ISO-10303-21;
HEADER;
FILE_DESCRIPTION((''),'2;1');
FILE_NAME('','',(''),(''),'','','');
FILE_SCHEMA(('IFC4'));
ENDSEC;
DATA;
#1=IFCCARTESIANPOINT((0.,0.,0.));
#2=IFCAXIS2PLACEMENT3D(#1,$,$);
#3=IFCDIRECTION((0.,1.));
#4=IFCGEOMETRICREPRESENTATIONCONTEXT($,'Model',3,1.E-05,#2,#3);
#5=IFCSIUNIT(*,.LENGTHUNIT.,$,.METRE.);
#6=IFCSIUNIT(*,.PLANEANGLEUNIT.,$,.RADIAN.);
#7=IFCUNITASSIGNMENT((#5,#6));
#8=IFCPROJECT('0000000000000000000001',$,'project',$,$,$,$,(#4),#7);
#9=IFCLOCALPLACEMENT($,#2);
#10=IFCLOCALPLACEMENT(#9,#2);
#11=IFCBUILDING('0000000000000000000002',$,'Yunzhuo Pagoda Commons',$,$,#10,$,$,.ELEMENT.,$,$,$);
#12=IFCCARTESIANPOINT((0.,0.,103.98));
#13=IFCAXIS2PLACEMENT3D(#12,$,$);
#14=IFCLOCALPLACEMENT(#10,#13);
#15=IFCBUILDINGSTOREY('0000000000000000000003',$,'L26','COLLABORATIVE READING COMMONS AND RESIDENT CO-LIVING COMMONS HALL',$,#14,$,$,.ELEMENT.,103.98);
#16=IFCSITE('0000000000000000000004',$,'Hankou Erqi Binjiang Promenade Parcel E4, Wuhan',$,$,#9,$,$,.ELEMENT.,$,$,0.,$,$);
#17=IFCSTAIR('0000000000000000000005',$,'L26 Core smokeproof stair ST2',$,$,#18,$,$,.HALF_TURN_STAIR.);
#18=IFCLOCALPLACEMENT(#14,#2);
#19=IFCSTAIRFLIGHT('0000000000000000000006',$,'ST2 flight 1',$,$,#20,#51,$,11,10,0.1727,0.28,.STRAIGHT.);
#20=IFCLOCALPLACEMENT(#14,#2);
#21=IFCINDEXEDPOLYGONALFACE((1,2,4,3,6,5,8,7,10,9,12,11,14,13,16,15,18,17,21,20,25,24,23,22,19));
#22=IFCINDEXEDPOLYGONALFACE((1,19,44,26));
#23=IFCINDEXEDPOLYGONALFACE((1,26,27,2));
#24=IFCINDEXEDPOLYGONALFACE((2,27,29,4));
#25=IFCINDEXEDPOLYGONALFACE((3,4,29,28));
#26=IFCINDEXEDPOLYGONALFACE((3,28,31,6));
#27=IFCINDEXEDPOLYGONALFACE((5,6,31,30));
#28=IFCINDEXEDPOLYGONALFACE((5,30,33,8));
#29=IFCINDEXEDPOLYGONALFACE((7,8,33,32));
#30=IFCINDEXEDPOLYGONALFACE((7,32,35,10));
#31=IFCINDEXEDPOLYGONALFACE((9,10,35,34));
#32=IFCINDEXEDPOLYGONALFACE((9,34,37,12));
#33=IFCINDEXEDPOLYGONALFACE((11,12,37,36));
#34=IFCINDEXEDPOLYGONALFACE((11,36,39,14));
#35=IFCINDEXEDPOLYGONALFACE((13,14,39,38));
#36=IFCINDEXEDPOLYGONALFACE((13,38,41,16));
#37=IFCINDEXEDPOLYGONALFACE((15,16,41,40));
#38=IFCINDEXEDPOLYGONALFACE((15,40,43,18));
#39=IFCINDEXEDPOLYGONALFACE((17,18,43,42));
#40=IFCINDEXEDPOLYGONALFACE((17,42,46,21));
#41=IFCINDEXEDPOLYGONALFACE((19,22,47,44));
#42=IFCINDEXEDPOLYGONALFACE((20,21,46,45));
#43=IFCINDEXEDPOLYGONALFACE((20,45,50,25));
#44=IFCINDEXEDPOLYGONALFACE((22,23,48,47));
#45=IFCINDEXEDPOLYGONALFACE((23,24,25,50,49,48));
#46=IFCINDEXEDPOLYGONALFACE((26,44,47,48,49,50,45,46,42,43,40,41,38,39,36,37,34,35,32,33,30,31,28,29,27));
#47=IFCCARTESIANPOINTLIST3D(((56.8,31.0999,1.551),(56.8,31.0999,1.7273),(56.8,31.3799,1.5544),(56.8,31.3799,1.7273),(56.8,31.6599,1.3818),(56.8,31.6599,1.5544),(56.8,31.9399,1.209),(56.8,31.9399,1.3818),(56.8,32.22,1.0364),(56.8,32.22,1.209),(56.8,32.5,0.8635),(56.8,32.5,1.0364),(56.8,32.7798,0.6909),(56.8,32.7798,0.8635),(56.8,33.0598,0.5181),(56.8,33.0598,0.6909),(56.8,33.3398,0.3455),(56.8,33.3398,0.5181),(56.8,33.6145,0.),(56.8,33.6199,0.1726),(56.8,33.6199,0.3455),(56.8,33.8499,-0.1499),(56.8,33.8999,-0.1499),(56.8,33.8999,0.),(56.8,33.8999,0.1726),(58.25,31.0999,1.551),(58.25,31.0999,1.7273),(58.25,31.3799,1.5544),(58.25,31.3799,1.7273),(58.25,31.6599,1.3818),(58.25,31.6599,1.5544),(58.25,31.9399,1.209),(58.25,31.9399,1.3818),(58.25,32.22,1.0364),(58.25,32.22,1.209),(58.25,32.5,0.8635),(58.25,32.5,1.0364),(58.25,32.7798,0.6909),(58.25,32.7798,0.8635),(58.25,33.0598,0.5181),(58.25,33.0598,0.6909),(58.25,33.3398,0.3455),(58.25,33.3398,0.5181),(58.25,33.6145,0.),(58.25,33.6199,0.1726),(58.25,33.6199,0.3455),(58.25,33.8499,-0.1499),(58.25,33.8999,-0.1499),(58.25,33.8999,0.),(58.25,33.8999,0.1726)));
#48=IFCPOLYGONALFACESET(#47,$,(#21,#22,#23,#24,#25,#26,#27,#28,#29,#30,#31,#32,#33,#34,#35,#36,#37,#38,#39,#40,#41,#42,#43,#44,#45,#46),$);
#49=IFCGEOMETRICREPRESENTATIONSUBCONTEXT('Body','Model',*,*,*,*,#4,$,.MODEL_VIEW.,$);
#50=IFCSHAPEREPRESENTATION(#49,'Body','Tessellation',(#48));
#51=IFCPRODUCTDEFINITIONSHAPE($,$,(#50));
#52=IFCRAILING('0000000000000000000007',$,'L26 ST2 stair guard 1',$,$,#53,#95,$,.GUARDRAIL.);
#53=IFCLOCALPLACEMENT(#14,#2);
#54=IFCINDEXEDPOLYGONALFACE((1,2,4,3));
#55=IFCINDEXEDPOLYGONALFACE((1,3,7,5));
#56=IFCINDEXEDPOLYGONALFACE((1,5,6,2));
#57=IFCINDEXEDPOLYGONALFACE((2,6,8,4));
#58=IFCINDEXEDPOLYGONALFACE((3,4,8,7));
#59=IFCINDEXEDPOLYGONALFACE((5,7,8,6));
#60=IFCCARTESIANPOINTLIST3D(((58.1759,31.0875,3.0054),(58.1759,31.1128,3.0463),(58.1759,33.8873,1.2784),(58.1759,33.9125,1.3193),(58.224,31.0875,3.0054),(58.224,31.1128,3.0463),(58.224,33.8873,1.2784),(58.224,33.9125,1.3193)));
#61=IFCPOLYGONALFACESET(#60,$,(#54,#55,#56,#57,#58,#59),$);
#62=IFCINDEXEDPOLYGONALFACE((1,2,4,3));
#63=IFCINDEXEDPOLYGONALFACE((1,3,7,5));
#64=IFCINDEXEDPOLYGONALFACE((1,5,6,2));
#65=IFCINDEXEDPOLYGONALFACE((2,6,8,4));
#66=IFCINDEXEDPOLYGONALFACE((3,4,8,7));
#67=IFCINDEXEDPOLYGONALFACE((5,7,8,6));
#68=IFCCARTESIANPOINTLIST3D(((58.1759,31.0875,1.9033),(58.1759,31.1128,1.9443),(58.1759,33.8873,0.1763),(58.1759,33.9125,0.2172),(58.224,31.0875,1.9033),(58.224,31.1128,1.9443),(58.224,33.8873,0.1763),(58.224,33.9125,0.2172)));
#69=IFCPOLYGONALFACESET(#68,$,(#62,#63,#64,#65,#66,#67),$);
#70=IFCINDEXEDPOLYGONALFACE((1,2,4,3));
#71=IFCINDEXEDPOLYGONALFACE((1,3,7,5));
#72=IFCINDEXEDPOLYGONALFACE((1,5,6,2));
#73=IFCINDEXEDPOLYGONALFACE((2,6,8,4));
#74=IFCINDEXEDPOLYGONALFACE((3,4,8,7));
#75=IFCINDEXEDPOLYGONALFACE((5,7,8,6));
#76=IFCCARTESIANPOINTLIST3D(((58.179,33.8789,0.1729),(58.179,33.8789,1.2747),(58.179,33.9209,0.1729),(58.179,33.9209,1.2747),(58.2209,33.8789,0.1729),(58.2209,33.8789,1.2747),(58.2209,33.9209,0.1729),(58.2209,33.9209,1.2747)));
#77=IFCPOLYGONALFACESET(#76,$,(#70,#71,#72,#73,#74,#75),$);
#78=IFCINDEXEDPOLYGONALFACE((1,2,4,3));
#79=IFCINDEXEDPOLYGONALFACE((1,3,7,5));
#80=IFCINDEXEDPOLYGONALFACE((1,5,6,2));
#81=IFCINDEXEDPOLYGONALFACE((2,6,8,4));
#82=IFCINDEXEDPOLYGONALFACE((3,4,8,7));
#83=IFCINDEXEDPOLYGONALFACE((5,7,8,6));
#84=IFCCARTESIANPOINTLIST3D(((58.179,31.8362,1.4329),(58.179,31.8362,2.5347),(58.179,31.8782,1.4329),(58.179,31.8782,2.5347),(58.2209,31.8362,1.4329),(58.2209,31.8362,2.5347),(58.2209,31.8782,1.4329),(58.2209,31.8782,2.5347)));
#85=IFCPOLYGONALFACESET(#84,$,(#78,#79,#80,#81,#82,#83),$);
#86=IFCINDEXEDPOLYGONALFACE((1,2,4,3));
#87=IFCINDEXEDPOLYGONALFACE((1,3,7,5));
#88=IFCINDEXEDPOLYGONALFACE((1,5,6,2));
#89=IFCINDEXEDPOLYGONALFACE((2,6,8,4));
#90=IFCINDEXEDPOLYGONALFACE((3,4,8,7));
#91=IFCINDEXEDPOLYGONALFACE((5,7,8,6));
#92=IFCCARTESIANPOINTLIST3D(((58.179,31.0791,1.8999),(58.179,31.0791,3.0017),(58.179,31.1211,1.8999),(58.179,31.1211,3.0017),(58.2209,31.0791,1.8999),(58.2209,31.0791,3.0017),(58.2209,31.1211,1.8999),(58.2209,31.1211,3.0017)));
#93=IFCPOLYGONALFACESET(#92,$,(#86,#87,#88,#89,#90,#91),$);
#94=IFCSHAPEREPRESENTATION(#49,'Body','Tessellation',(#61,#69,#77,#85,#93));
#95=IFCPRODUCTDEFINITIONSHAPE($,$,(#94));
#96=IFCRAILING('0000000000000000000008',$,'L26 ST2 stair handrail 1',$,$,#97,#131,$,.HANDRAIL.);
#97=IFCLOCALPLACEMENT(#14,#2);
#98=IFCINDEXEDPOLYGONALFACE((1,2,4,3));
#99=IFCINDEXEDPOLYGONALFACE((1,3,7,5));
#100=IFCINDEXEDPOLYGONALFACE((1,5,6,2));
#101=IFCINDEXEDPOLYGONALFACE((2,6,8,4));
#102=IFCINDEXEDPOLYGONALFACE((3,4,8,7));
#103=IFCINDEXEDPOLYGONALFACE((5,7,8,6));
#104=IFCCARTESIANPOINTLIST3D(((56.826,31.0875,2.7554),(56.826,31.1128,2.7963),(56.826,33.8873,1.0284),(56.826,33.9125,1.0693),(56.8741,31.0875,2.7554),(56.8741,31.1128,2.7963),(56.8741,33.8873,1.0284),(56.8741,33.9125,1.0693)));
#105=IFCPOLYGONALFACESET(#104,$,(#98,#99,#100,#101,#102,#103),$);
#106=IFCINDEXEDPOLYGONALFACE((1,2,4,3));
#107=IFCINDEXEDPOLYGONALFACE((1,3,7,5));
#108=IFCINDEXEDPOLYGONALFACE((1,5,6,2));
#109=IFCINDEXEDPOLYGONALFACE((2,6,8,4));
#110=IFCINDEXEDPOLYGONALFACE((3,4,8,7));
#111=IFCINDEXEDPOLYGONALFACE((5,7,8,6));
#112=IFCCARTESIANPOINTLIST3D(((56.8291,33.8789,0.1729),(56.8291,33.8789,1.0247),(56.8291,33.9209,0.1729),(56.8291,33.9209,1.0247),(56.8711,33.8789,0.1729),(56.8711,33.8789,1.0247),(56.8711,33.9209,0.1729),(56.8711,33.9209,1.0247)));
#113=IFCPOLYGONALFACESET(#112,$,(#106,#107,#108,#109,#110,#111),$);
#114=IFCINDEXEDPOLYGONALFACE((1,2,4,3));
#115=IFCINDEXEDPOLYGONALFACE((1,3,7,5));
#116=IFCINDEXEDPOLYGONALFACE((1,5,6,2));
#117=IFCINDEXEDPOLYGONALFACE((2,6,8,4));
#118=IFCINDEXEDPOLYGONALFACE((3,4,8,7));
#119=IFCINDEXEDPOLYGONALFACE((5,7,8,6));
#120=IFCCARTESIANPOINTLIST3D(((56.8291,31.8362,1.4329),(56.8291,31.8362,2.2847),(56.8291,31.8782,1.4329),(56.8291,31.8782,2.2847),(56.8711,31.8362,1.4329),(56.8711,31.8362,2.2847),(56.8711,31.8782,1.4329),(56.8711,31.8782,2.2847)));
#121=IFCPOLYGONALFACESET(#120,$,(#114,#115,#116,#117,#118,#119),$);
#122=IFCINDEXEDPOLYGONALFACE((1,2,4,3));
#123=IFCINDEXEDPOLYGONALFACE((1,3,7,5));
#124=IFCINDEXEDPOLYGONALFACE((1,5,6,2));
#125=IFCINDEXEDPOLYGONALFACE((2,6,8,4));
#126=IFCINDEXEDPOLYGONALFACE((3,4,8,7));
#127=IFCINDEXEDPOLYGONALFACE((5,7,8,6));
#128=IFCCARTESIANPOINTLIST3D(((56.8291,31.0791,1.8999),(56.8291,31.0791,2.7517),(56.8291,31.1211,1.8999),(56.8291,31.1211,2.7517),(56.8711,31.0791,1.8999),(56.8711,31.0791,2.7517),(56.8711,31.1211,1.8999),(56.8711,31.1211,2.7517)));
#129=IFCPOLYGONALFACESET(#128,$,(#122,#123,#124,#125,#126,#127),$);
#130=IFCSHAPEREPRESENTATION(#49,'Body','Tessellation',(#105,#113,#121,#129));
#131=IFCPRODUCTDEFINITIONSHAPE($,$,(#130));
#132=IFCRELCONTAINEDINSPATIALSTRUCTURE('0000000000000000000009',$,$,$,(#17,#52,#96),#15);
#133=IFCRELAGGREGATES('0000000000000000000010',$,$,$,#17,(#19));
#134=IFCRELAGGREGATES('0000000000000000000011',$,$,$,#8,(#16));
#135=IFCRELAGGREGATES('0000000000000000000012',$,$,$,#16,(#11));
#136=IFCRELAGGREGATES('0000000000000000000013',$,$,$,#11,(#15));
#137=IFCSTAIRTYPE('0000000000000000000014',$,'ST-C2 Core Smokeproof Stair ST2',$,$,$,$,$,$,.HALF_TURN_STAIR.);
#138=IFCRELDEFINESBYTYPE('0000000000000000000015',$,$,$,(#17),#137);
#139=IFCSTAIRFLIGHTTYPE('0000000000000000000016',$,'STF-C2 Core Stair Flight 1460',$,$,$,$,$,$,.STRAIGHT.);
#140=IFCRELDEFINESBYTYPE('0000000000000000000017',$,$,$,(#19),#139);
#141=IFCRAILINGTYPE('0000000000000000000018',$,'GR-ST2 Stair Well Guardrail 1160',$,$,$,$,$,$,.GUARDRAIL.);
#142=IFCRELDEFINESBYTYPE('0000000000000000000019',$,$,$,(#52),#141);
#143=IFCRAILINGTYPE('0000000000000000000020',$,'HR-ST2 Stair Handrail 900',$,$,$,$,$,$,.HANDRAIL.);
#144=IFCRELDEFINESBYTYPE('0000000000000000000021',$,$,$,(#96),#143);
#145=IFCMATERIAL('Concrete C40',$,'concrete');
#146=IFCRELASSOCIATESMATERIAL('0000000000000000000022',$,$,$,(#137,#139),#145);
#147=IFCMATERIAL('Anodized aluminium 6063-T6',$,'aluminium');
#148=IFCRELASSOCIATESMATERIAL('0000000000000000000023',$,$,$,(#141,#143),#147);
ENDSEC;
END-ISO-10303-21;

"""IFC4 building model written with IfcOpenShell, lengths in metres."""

from ifc_helpers import new_model, si_unit, direction, frame, origin, origin_2d, place, context, subcontext, project, spatial, polyline, rectangle, outline, extrude, source, transform, mapped, material, type_object, element, aggregate, save


model = new_model("IFC4")

# Units and contexts
model_context = context("Model", 3, precision=1e-05, world=origin(), true_north=direction((0.0, 1.0)))
body_context = subcontext(model_context, "Body", "Model", "MODEL_VIEW")
ifc_project = project(units=[si_unit("LENGTHUNIT", "METRE"), si_unit("PLANEANGLEUNIT", "RADIAN")], contexts=[model_context])

# Site, building, storey
site_placement = place(None, origin())
site = spatial("IfcSite", under=ifc_project, at=site_placement, Name="Hankou Erqi Binjiang Promenade Parcel E4, Wuhan", CompositionType="ELEMENT", RefElevation=0.0)
building_placement = place(site_placement, origin())
building = spatial("IfcBuilding", under=site, at=building_placement, Name="Yunzhuo Pagoda Commons", CompositionType="ELEMENT")
storey_placement = place(building_placement, frame((0.0, 0.0, 103.98)))
storey = spatial("IfcBuildingStorey", under=building, at=storey_placement, Name="L26", Description="COLLABORATIVE READING COMMONS AND RESIDENT CO-LIVING COMMONS HALL", CompositionType="ELEMENT", Elevation=103.98)

# Shared definitions
ifc_material_1 = material(Name="Concrete C40", Category="concrete")

# Stair, stair flight
stair_type = type_object("IfcStairType", Name="ST-C2 Core Smokeproof Stair ST2", PredefinedType="HALF_TURN_STAIR", material=ifc_material_1)
stair_placement = place(storey_placement, origin())
stair = element("IfcStair", 1, at=stair_placement, inside=storey, type_object=stair_type, Name="L26 Core smokeproof stair ST2", PredefinedType="HALF_TURN_STAIR")
stair_flight_type = type_object("IfcStairFlightType", Name="STF-C2 Core Stair Flight 1460", PredefinedType="STRAIGHT", material=ifc_material_1)
shared_shape_1 = source(origin(), body_context, "Body", "SweptSolid", [
    extrude(outline(polyline([(0.0, -0.1499), (0.0, 0.0), (0.0, 0.1726), (0.28, 0.1726), (0.28, 0.3455), (0.5601, 0.3455), (0.5601, 0.5181), (0.8401, 0.5181), (0.8401, 0.6909), (1.1201, 0.6909), (1.1201, 0.8635), (1.3999, 0.8635), (1.3999, 1.0364), (1.6799, 1.0364), (1.6799, 1.209), (1.96, 1.209), (1.96, 1.3818), (2.24, 1.3818), (2.24, 1.5544), (2.52, 1.5544), (2.52, 1.7273), (2.8, 1.7273), (2.8, 1.8999), (2.8, 1.551), (0.2854, 0.0), (0.05, -0.1499), (0.0, -0.1499)])), frame((0.0, 0.7251, 0.0), z_axis=(0.0, -1.0, 0.0), x_axis=(1.0, 0.0, 0.0)), (0.0, 0.0, 1.0), 1.45),
])
stair_flight_placement = place(storey_placement, frame((57.5249, 33.8999, 0.0), z_axis=(0.0, 0.0, 1.0), x_axis=(0.0, -1.0, 0.0)))
stair_flight = element("IfcStairFlight", 2, at=stair_flight_placement, type_object=stair_flight_type, Name="ST2 flight 1", NumberOfRisers=11, NumberOfTreads=10, PredefinedType="STRAIGHT", RiserHeight=0.1727, TreadLength=0.28, context=body_context, shape_type="MappedRepresentation", body=[
    mapped(shared_shape_1, transform((0.0, 0.0, 0.0), scale=1.0)),
])
aggregate(stair, [stair_flight])

# Railings
ifc_material_2 = material(Name="Anodized aluminium 6063-T6", Category="aluminium")
railing_type_1 = type_object("IfcRailingType", Name="GR-ST2 Stair Well Guardrail 1160", PredefinedType="GUARDRAIL", material=ifc_material_2)
railing_1_placement = place(storey_placement, frame((58.2, 33.8999, 0.1729)))
element("IfcRailing", 3, at=railing_1_placement, inside=storey, type_object=railing_type_1, Name="L26 ST2 stair guard 1", PredefinedType="GUARDRAIL", context=body_context, shape_type="SweptSolid", body=[
    extrude(rectangle(XDim=0.0481, YDim=0.0481, at=origin_2d()), frame((0.0, 0.0, 1.126), z_axis=(0.0, -0.851102, 0.525), x_axis=(1.0, 0.0, 0.0)), (0.0, 0.0, 1.0), 3.2896),
    extrude(rectangle(XDim=0.0481, YDim=0.0481, at=origin_2d()), frame((0.0, 0.0, 0.0239), z_axis=(0.0, -0.851102, 0.525), x_axis=(1.0, 0.0, 0.0)), (0.0, 0.0, 1.0), 3.2896),
    extrude(rectangle(XDim=0.042, YDim=0.042, at=origin_2d()), origin(), (0.0, 0.0, 1.0), 1.1018),
    extrude(rectangle(XDim=0.042, YDim=0.042, at=origin_2d()), frame((0.0, -2.0427, 1.26)), (0.0, 0.0, 1.0), 1.1018),
    extrude(rectangle(XDim=0.042, YDim=0.042, at=origin_2d()), frame((0.0, -2.7998, 1.7271)), (0.0, 0.0, 1.0), 1.1018),
])
railing_type_2 = type_object("IfcRailingType", Name="HR-ST2 Stair Handrail 900", PredefinedType="HANDRAIL", material=ifc_material_2)
railing_2_placement = place(storey_placement, frame((56.8501, 33.8999, 0.1729)))
element("IfcRailing", 4, at=railing_2_placement, inside=storey, type_object=railing_type_2, Name="L26 ST2 stair handrail 1", PredefinedType="HANDRAIL", context=body_context, shape_type="SweptSolid", body=[
    extrude(rectangle(XDim=0.0481, YDim=0.0481, at=origin_2d()), frame((0.0, 0.0, 0.876), z_axis=(0.0, -0.851102, 0.525), x_axis=(1.0, 0.0, 0.0)), (0.0, 0.0, 1.0), 3.2896),
    extrude(rectangle(XDim=0.042, YDim=0.042, at=origin_2d()), origin(), (0.0, 0.0, 1.0), 0.8518),
    extrude(rectangle(XDim=0.042, YDim=0.042, at=origin_2d()), frame((0.0, -2.0427, 1.26)), (0.0, 0.0, 1.0), 0.8518),
    extrude(rectangle(XDim=0.042, YDim=0.042, at=origin_2d()), frame((0.0, -2.7998, 1.7271)), (0.0, 0.0, 1.0), 0.8518),
])

save(model, "model.ifc")
